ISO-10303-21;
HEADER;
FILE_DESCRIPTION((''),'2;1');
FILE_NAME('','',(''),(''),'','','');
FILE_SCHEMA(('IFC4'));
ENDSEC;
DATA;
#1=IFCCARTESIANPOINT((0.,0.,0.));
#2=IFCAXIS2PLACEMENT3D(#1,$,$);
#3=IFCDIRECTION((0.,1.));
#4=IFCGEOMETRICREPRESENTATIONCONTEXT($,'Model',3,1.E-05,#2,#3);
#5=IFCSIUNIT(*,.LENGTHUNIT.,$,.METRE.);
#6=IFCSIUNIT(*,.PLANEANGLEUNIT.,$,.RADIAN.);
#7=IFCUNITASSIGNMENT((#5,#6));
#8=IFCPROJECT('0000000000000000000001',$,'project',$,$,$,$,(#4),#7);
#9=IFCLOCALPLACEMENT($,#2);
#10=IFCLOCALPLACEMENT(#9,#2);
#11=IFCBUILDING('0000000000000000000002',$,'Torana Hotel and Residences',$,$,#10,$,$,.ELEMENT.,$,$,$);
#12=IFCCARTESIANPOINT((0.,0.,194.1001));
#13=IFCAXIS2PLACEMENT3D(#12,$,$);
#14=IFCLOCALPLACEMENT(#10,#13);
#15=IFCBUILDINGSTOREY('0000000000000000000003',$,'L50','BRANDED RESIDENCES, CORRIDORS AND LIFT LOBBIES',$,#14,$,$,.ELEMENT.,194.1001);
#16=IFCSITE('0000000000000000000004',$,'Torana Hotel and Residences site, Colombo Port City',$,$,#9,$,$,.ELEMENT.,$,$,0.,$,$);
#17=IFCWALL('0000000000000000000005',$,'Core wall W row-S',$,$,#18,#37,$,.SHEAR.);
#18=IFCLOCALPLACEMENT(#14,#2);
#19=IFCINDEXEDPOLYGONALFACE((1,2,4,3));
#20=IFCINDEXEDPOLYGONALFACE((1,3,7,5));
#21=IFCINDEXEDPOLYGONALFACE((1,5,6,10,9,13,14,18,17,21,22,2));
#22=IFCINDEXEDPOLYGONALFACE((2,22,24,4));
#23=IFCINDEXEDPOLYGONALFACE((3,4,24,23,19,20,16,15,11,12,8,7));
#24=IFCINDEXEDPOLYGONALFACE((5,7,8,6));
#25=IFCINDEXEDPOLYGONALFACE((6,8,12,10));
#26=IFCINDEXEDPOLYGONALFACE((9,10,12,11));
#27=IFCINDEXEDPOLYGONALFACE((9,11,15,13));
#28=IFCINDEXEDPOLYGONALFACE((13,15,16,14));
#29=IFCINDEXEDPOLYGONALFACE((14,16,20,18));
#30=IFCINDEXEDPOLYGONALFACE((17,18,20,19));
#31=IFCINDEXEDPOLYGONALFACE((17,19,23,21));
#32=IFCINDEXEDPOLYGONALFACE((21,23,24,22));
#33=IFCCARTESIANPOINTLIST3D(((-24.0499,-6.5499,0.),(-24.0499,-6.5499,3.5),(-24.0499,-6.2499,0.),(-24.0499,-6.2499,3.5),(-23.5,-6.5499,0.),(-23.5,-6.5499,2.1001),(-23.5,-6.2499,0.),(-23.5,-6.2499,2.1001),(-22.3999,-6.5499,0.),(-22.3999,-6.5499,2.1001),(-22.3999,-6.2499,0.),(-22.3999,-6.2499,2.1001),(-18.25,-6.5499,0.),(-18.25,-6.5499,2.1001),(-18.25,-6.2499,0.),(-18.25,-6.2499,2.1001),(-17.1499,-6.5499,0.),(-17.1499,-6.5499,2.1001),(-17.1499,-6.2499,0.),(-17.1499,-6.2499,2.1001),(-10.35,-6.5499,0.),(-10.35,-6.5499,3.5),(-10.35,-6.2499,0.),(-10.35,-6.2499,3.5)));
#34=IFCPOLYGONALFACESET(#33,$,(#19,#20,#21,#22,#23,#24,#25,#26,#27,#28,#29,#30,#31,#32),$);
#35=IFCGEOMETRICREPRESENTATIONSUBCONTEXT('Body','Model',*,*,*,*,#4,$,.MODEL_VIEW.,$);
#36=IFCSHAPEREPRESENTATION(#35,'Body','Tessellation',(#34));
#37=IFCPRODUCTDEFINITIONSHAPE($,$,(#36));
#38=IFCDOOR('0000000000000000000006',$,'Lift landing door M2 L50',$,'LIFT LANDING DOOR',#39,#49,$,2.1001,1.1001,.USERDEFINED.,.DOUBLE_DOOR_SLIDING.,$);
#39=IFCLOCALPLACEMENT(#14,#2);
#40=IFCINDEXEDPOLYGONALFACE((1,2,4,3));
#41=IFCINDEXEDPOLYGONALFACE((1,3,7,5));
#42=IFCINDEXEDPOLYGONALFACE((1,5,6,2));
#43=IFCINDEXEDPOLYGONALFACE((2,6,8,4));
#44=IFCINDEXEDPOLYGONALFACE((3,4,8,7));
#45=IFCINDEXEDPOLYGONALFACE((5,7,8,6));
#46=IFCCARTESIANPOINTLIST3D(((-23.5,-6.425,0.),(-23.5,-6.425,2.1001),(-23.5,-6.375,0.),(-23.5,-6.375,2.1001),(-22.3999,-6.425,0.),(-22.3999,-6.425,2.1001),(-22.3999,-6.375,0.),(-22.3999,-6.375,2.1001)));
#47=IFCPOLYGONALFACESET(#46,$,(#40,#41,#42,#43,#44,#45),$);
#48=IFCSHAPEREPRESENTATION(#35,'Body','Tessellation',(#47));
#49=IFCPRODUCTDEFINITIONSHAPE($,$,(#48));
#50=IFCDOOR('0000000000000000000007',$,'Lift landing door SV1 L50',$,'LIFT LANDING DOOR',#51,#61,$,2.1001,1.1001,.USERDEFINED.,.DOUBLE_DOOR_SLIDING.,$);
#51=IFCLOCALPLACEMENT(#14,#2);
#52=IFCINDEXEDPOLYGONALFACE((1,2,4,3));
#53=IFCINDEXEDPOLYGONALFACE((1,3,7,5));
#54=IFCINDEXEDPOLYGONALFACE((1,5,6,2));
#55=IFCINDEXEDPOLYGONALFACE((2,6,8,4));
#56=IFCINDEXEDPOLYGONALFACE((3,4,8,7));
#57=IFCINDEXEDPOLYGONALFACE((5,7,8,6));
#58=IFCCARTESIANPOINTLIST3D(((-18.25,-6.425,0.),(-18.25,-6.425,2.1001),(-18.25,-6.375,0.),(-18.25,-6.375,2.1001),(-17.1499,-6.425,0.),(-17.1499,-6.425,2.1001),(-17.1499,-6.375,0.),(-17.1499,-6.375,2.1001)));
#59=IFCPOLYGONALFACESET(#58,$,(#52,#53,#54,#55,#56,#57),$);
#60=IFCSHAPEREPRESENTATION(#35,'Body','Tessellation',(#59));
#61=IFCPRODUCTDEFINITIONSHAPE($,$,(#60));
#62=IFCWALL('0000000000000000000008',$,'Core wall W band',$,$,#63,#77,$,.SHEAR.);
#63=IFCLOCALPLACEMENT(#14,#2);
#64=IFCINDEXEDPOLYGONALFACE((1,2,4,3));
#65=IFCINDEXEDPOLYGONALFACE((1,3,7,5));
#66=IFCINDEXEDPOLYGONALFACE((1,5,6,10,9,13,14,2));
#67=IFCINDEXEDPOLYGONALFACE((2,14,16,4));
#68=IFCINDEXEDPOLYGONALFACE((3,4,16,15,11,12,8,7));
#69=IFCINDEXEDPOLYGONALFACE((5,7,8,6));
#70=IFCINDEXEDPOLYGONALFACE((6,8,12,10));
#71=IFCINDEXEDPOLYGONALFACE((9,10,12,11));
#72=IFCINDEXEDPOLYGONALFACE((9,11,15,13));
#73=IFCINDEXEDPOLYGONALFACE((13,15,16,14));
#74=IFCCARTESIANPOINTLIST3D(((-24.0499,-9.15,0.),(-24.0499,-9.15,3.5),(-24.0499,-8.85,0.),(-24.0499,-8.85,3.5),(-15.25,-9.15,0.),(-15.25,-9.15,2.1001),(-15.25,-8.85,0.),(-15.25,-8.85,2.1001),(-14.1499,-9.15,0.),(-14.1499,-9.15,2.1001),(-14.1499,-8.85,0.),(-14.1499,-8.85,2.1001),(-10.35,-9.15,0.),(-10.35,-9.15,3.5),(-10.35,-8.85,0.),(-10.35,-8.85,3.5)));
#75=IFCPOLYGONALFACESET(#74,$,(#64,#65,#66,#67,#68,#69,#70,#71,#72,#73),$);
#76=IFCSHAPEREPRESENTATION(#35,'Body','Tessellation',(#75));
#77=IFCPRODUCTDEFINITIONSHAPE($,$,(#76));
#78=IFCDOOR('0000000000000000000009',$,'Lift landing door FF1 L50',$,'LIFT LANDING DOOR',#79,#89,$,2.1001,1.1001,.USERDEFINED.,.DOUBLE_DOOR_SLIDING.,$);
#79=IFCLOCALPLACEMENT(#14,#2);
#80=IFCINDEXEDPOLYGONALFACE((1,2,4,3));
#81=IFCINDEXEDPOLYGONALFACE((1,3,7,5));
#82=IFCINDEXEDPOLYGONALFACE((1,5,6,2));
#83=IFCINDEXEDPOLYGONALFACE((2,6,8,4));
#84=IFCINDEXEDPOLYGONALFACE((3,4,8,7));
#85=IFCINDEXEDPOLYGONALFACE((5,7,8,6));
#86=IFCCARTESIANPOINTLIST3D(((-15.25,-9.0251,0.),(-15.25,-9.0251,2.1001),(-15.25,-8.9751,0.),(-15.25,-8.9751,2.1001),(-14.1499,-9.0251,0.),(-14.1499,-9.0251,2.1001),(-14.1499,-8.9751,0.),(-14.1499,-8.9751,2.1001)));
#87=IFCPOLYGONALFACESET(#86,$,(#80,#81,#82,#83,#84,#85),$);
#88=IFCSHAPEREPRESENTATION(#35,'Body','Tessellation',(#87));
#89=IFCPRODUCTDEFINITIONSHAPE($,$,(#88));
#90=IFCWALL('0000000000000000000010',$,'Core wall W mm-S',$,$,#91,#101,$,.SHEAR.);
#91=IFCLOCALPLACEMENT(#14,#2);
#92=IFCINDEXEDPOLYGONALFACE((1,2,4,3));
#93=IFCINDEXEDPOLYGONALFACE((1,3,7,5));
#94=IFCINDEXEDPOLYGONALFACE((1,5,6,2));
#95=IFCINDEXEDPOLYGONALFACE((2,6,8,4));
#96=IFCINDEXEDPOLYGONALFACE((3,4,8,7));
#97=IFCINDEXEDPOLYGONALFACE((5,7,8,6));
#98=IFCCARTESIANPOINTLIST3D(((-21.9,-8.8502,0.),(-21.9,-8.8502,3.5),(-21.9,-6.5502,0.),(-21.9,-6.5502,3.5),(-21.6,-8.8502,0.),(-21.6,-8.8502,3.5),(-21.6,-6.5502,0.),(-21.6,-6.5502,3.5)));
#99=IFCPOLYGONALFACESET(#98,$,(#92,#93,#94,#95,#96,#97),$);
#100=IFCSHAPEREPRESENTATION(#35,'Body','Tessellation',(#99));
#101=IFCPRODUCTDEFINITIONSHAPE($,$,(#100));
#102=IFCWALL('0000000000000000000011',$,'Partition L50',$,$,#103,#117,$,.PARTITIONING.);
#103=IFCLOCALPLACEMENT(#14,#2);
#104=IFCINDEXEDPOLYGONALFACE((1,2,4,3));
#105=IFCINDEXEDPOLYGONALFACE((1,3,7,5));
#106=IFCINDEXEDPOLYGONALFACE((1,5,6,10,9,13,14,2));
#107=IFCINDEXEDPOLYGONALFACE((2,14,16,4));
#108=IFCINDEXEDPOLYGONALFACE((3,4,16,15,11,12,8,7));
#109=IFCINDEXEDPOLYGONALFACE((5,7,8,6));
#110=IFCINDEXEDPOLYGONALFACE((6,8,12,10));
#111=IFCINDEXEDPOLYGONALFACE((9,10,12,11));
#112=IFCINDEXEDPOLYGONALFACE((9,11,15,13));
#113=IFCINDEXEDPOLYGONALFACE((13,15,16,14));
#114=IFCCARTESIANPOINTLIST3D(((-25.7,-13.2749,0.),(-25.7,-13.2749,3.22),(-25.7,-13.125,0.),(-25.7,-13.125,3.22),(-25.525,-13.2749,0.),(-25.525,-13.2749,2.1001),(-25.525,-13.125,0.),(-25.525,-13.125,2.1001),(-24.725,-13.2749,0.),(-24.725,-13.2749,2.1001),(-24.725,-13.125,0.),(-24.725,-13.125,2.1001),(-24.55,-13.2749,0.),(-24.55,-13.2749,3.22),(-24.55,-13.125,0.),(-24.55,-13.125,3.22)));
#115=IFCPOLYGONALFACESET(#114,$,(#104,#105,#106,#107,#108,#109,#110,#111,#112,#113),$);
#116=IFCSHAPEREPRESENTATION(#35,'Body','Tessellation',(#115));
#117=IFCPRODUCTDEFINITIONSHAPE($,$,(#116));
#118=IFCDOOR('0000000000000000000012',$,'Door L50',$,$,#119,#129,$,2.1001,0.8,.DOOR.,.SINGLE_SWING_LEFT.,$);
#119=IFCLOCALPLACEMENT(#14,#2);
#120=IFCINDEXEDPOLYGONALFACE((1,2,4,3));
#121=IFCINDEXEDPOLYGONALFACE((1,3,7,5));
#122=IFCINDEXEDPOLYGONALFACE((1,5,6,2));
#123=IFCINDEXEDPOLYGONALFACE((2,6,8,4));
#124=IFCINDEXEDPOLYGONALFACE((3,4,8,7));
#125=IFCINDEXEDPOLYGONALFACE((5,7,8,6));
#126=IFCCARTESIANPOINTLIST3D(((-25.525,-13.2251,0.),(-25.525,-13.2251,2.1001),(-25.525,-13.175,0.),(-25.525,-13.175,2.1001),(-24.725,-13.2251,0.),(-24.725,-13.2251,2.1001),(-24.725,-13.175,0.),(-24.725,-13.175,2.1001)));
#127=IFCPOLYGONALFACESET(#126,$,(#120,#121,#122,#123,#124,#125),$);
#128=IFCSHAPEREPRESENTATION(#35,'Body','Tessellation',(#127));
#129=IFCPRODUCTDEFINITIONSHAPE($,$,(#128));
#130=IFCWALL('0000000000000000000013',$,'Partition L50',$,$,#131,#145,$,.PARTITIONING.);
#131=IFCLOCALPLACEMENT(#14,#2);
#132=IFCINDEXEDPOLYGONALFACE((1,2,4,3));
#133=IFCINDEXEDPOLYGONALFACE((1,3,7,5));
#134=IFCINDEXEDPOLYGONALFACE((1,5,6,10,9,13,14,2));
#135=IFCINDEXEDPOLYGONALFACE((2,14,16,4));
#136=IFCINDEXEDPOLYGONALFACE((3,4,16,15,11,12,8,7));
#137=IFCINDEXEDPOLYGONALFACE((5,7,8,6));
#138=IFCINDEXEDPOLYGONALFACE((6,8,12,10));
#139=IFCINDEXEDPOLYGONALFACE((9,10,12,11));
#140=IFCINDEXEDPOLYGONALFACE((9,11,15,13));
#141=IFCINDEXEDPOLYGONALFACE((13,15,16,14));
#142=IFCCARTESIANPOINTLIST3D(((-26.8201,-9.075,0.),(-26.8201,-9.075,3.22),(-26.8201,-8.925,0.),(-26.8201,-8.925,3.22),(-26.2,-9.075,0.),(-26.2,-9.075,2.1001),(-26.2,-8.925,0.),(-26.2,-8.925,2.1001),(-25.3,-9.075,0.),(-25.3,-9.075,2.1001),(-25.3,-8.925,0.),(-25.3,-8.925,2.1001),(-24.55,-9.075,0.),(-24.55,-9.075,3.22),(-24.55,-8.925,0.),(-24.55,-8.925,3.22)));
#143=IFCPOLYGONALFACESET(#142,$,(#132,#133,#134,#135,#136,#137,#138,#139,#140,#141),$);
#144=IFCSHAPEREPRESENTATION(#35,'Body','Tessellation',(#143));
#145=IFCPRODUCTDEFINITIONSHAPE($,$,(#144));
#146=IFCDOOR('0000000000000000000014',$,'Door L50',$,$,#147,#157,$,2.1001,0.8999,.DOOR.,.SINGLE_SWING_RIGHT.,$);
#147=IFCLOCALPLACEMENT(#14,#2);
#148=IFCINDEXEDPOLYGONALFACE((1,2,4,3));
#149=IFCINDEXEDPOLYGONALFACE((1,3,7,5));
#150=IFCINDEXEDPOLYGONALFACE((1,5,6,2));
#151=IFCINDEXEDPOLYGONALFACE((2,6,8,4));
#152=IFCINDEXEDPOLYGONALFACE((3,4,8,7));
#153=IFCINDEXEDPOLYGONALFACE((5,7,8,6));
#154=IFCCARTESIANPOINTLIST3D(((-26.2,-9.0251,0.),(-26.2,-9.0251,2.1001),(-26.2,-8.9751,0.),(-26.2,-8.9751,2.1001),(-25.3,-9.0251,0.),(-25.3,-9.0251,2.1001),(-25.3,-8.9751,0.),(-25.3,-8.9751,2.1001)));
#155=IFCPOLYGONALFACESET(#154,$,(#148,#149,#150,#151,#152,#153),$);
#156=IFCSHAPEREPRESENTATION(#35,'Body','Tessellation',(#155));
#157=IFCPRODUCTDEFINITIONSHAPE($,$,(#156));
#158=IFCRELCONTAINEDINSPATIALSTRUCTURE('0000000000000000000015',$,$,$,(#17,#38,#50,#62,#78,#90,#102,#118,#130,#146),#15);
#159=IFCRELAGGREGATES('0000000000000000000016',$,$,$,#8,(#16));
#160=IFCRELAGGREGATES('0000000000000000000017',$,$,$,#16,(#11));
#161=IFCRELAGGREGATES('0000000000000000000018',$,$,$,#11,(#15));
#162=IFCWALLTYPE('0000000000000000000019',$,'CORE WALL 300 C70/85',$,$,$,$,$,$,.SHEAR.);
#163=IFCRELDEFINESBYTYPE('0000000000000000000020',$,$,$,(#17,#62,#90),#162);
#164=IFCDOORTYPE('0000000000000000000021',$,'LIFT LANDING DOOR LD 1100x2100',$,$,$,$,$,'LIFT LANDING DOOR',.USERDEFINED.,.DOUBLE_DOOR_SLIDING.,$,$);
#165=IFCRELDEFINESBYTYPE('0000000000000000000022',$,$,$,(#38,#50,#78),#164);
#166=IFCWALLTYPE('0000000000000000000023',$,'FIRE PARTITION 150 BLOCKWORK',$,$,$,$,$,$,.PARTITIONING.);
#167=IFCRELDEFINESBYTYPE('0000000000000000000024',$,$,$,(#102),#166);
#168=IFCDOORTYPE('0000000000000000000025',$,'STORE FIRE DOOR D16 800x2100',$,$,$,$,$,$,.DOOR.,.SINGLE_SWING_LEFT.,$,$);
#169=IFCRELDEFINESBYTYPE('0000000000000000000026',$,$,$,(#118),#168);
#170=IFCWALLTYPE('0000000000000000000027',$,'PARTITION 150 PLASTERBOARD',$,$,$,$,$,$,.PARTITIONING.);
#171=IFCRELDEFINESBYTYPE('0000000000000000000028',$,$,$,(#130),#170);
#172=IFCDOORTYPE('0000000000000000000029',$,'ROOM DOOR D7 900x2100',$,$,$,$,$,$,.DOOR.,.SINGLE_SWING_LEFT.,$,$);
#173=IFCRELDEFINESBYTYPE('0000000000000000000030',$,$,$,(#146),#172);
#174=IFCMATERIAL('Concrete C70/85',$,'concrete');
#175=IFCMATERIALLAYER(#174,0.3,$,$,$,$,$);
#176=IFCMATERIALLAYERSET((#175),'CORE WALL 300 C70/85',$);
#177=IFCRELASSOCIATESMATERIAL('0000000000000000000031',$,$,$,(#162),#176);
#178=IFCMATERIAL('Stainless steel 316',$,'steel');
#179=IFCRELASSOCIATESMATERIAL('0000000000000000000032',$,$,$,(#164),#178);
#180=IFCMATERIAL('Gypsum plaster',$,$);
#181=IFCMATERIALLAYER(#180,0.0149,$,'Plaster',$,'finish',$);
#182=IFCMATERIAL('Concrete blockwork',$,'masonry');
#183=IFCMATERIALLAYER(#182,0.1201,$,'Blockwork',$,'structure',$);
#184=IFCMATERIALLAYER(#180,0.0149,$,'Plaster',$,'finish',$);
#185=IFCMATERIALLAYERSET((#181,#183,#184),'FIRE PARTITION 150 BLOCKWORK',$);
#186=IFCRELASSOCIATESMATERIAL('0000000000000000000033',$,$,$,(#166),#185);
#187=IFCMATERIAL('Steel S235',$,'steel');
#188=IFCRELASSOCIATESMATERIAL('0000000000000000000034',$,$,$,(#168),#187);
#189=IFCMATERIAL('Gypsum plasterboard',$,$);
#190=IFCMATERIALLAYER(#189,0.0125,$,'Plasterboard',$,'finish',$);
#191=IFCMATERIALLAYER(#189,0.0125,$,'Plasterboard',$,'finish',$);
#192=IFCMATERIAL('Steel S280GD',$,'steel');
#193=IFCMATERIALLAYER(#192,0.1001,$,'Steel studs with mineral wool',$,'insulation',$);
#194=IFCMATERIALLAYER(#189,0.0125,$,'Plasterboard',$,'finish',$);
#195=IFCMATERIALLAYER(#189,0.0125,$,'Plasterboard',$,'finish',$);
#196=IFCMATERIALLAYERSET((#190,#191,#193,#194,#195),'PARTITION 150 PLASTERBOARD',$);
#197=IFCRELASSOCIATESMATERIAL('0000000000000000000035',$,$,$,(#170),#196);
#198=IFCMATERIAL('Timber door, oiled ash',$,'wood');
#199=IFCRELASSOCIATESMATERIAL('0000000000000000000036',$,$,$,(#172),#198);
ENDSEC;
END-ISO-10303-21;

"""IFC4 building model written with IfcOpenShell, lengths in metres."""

from ifc_helpers import new_model, si_unit, direction, frame, frame_2d, origin, place, context, subcontext, project, spatial, rectangle, extrude, material, layer, layer_set, type_object, element, fill, save


model = new_model("IFC4")

# Units and contexts
model_context = context("Model", 3, precision=1e-05, world=origin(), true_north=direction((0.0, 1.0)))
body_context = subcontext(model_context, "Body", "Model", "MODEL_VIEW")
ifc_project = project(units=[si_unit("LENGTHUNIT", "METRE"), si_unit("PLANEANGLEUNIT", "RADIAN")], contexts=[model_context])

# Site, building, storey
site_placement = place(None, origin())
site = spatial("IfcSite", under=ifc_project, at=site_placement, Name="Torana Hotel and Residences site, Colombo Port City", CompositionType="ELEMENT", RefElevation=0.0)
building_placement = place(site_placement, origin())
building = spatial("IfcBuilding", under=site, at=building_placement, Name="Torana Hotel and Residences", CompositionType="ELEMENT")
storey_placement = place(building_placement, frame((0.0, 0.0, 194.1001)))
storey = spatial("IfcBuildingStorey", under=building, at=storey_placement, Name="L50", Description="BRANDED RESIDENCES, CORRIDORS AND LIFT LOBBIES", CompositionType="ELEMENT", Elevation=194.1001)

# Wall, openings, doors
ifc_material_1 = material(Name="Concrete C70/85", Category="concrete")
ifc_layer_1 = layer(ifc_material_1, 0.3)
ifc_layer_set_1 = layer_set([ifc_layer_1], Name="CORE WALL 300 C70/85")
wall_type_1 = type_object("IfcWallType", Name="CORE WALL 300 C70/85", PredefinedType="SHEAR", material=ifc_layer_set_1)
wall_1_placement = place(storey_placement, frame((-24.05, -6.3999, 0.0), z_axis=(0.0, 0.0, 1.0), x_axis=(1.0, 0.0, 0.0)))
wall_1 = element("IfcWall", 1, at=wall_1_placement, inside=storey, type_object=wall_type_1, Name="Core wall W row-S", PredefinedType="SHEAR", context=body_context, shape_type="SweptSolid", body=[
    extrude(rectangle(XDim=13.7, YDim=0.3, at=frame_2d((6.8501, 0.0))), origin(), (0.0, 0.0, 1.0), 3.5),
])
opening_1_placement = place(wall_1_placement, frame((0.55, 0.0, 0.0)))
opening_1 = element("IfcOpeningElement", 2, at=opening_1_placement, cuts=wall_1, PredefinedType="OPENING", context=body_context, shape_type="SweptSolid", body=[
    extrude(rectangle(XDim=1.1001, YDim=2.1001, at=frame_2d((0.55, 1.05))), frame((0.0, 0.1599, 0.0), z_axis=(0.0, -1.0, 0.0), x_axis=(1.0, 0.0, 0.0)), (0.0, 0.0, 1.0), 0.3201),
])
opening_2_placement = place(wall_1_placement, frame((5.8, 0.0, 0.0)))
opening_2 = element("IfcOpeningElement", 3, at=opening_2_placement, cuts=wall_1, PredefinedType="OPENING", context=body_context, shape_type="SweptSolid", body=[
    extrude(rectangle(XDim=1.1001, YDim=2.1001, at=frame_2d((0.55, 1.05))), frame((0.0, 0.1599, 0.0), z_axis=(0.0, -1.0, 0.0), x_axis=(1.0, 0.0, 0.0)), (0.0, 0.0, 1.0), 0.3201),
])
ifc_material_2 = material(Name="Stainless steel 316", Category="steel")
door_type_1 = type_object("IfcDoorType", Name="LIFT LANDING DOOR LD 1100x2100", ElementType="LIFT LANDING DOOR", OperationType="DOUBLE_DOOR_SLIDING", PredefinedType="USERDEFINED", material=ifc_material_2)
door_1_placement = place(opening_1_placement, origin())
door_1 = element("IfcDoor", 4, at=door_1_placement, inside=storey, type_object=door_type_1, Name="Lift landing door M2 L50", ObjectType="LIFT LANDING DOOR", OperationType="DOUBLE_DOOR_SLIDING", OverallHeight=2.1001, OverallWidth=1.1001, PredefinedType="USERDEFINED", context=body_context, shape_type="SweptSolid", body=[
    extrude(rectangle(XDim=1.1001, YDim=2.1001, at=frame_2d((0.55, 1.05))), frame((0.0, 0.0249, 0.0), z_axis=(0.0, -1.0, 0.0), x_axis=(1.0, 0.0, 0.0)), (0.0, 0.0, 1.0), 0.05),
])
fill(opening_1, door_1)
door_2_placement = place(opening_2_placement, origin())
door_2 = element("IfcDoor", 5, at=door_2_placement, inside=storey, type_object=door_type_1, Name="Lift landing door SV1 L50", ObjectType="LIFT LANDING DOOR", OperationType="DOUBLE_DOOR_SLIDING", OverallHeight=2.1001, OverallWidth=1.1001, PredefinedType="USERDEFINED", context=body_context, shape_type="SweptSolid", body=[
    extrude(rectangle(XDim=1.1001, YDim=2.1001, at=frame_2d((0.55, 1.05))), frame((0.0, 0.0249, 0.0), z_axis=(0.0, -1.0, 0.0), x_axis=(1.0, 0.0, 0.0)), (0.0, 0.0, 1.0), 0.05),
])
fill(opening_2, door_2)

# Wall, opening, door
wall_2_placement = place(storey_placement, frame((-24.05, -9.0, 0.0), z_axis=(0.0, 0.0, 1.0), x_axis=(1.0, 0.0, 0.0)))
wall_2 = element("IfcWall", 6, at=wall_2_placement, inside=storey, type_object=wall_type_1, Name="Core wall W band", PredefinedType="SHEAR", context=body_context, shape_type="SweptSolid", body=[
    extrude(rectangle(XDim=13.7, YDim=0.3, at=frame_2d((6.8501, 0.0))), origin(), (0.0, 0.0, 1.0), 3.5),
])
opening_3_placement = place(wall_2_placement, frame((8.8, 0.0, 0.0)))
opening_3 = element("IfcOpeningElement", 7, at=opening_3_placement, cuts=wall_2, PredefinedType="OPENING", context=body_context, shape_type="SweptSolid", body=[
    extrude(rectangle(XDim=1.1001, YDim=2.1001, at=frame_2d((0.55, 1.05))), frame((0.0, 0.1599, 0.0), z_axis=(0.0, -1.0, 0.0), x_axis=(1.0, 0.0, 0.0)), (0.0, 0.0, 1.0), 0.3201),
])
door_3_placement = place(opening_3_placement, origin())
door_3 = element("IfcDoor", 8, at=door_3_placement, inside=storey, type_object=door_type_1, Name="Lift landing door FF1 L50", ObjectType="LIFT LANDING DOOR", OperationType="DOUBLE_DOOR_SLIDING", OverallHeight=2.1001, OverallWidth=1.1001, PredefinedType="USERDEFINED", context=body_context, shape_type="SweptSolid", body=[
    extrude(rectangle(XDim=1.1001, YDim=2.1001, at=frame_2d((0.55, 1.05))), frame((0.0, 0.0249, 0.0), z_axis=(0.0, -1.0, 0.0), x_axis=(1.0, 0.0, 0.0)), (0.0, 0.0, 1.0), 0.05),
])
fill(opening_3, door_3)

# Wall
wall_3_placement = place(storey_placement, frame((-21.75, -8.8501, 0.0), z_axis=(0.0, 0.0, 1.0), x_axis=(0.0, 1.0, 0.0)))
element("IfcWall", 9, at=wall_3_placement, inside=storey, type_object=wall_type_1, Name="Core wall W mm-S", PredefinedType="SHEAR", context=body_context, shape_type="SweptSolid", body=[
    extrude(rectangle(XDim=2.3, YDim=0.3, at=frame_2d((1.1499, 0.0))), origin(), (0.0, 0.0, 1.0), 3.5),
])

# Walls, openings, doors
ifc_material_3 = material(Name="Gypsum plaster")
ifc_layer_2 = layer(ifc_material_3, 0.0149, Name="Plaster", Category="finish")
ifc_material_4 = material(Name="Concrete blockwork", Category="masonry")
ifc_layer_3 = layer(ifc_material_4, 0.1201, Name="Blockwork", Category="structure")
ifc_layer_4 = layer(ifc_material_3, 0.0149, Name="Plaster", Category="finish")
ifc_layer_set_2 = layer_set([ifc_layer_2, ifc_layer_3, ifc_layer_4], Name="FIRE PARTITION 150 BLOCKWORK")
wall_type_2 = type_object("IfcWallType", Name="FIRE PARTITION 150 BLOCKWORK", PredefinedType="PARTITIONING", material=ifc_layer_set_2)
wall_4_placement = place(storey_placement, frame((-25.7, -13.2, 0.0), z_axis=(0.0, 0.0, 1.0), x_axis=(1.0, 0.0, 0.0)))
wall_4 = element("IfcWall", 10, at=wall_4_placement, inside=storey, type_object=wall_type_2, Name="Partition L50", PredefinedType="PARTITIONING", context=body_context, shape_type="SweptSolid", body=[
    extrude(rectangle(XDim=1.1499, YDim=0.1499, at=frame_2d((0.575, 0.0))), origin(), (0.0, 0.0, 1.0), 3.22),
])
opening_4_placement = place(wall_4_placement, frame((0.175, 0.0, 0.0)))
opening_4 = element("IfcOpeningElement", 11, at=opening_4_placement, cuts=wall_4, PredefinedType="OPENING", context=body_context, shape_type="SweptSolid", body=[
    extrude(rectangle(XDim=0.8, YDim=2.1001, at=frame_2d((0.3999, 1.05))), frame((0.0, 0.085, 0.0), z_axis=(0.0, -1.0, 0.0), x_axis=(1.0, 0.0, 0.0)), (0.0, 0.0, 1.0), 0.1699),
])
ifc_material_5 = material(Name="Steel S235", Category="steel")
door_type_2 = type_object("IfcDoorType", Name="STORE FIRE DOOR D16 800x2100", OperationType="SINGLE_SWING_LEFT", PredefinedType="DOOR", material=ifc_material_5)
door_4_placement = place(opening_4_placement, origin())
door_4 = element("IfcDoor", 12, at=door_4_placement, inside=storey, type_object=door_type_2, Name="Door L50", OperationType="SINGLE_SWING_LEFT", OverallHeight=2.1001, OverallWidth=0.8, PredefinedType="DOOR", context=body_context, shape_type="SweptSolid", body=[
    extrude(rectangle(XDim=0.8, YDim=2.1001, at=frame_2d((0.3999, 1.05))), frame((0.0, 0.0249, 0.0), z_axis=(0.0, -1.0, 0.0), x_axis=(1.0, 0.0, 0.0)), (0.0, 0.0, 1.0), 0.05),
])
fill(opening_4, door_4)
ifc_material_6 = material(Name="Gypsum plasterboard")
ifc_layer_5 = layer(ifc_material_6, 0.0125, Name="Plasterboard", Category="finish")
ifc_layer_6 = layer(ifc_material_6, 0.0125, Name="Plasterboard", Category="finish")
ifc_material_7 = material(Name="Steel S280GD", Category="steel")
ifc_layer_7 = layer(ifc_material_7, 0.1001, Name="Steel studs with mineral wool", Category="insulation")
ifc_layer_8 = layer(ifc_material_6, 0.0125, Name="Plasterboard", Category="finish")
ifc_layer_9 = layer(ifc_material_6, 0.0125, Name="Plasterboard", Category="finish")
ifc_layer_set_3 = layer_set([ifc_layer_5, ifc_layer_6, ifc_layer_7, ifc_layer_8, ifc_layer_9], Name="PARTITION 150 PLASTERBOARD")
wall_type_3 = type_object("IfcWallType", Name="PARTITION 150 PLASTERBOARD", PredefinedType="PARTITIONING", material=ifc_layer_set_3)
wall_5_placement = place(storey_placement, frame((-26.8201, -9.0, 0.0), z_axis=(0.0, 0.0, 1.0), x_axis=(1.0, 0.0, 0.0)))
wall_5 = element("IfcWall", 13, at=wall_5_placement, inside=storey, type_object=wall_type_3, Name="Partition L50", PredefinedType="PARTITIONING", context=body_context, shape_type="SweptSolid", body=[
    extrude(rectangle(XDim=2.27, YDim=0.1499, at=frame_2d((1.135, 0.0))), origin(), (0.0, 0.0, 1.0), 3.22),
])
opening_5_placement = place(wall_5_placement, frame((0.6201, 0.0, 0.0)))
opening_5 = element("IfcOpeningElement", 14, at=opening_5_placement, cuts=wall_5, PredefinedType="OPENING", context=body_context, shape_type="SweptSolid", body=[
    extrude(rectangle(XDim=0.8999, YDim=2.1001, at=frame_2d((0.45, 1.05))), frame((0.0, 0.085, 0.0), z_axis=(0.0, -1.0, 0.0), x_axis=(1.0, 0.0, 0.0)), (0.0, 0.0, 1.0), 0.1699),
])
ifc_material_8 = material(Name="Timber door, oiled ash", Category="wood")
door_type_3 = type_object("IfcDoorType", Name="ROOM DOOR D7 900x2100", OperationType="SINGLE_SWING_LEFT", PredefinedType="DOOR", material=ifc_material_8)
door_5_placement = place(opening_5_placement, origin())
door_5 = element("IfcDoor", 15, at=door_5_placement, inside=storey, type_object=door_type_3, Name="Door L50", OperationType="SINGLE_SWING_RIGHT", OverallHeight=2.1001, OverallWidth=0.8999, PredefinedType="DOOR", context=body_context, shape_type="SweptSolid", body=[
    extrude(rectangle(XDim=0.8999, YDim=2.1001, at=frame_2d((0.45, 1.05))), frame((0.0, 0.0249, 0.0), z_axis=(0.0, -1.0, 0.0), x_axis=(1.0, 0.0, 0.0)), (0.0, 0.0, 1.0), 0.05),
])
fill(opening_5, door_5)

save(model, "model.ifc")
